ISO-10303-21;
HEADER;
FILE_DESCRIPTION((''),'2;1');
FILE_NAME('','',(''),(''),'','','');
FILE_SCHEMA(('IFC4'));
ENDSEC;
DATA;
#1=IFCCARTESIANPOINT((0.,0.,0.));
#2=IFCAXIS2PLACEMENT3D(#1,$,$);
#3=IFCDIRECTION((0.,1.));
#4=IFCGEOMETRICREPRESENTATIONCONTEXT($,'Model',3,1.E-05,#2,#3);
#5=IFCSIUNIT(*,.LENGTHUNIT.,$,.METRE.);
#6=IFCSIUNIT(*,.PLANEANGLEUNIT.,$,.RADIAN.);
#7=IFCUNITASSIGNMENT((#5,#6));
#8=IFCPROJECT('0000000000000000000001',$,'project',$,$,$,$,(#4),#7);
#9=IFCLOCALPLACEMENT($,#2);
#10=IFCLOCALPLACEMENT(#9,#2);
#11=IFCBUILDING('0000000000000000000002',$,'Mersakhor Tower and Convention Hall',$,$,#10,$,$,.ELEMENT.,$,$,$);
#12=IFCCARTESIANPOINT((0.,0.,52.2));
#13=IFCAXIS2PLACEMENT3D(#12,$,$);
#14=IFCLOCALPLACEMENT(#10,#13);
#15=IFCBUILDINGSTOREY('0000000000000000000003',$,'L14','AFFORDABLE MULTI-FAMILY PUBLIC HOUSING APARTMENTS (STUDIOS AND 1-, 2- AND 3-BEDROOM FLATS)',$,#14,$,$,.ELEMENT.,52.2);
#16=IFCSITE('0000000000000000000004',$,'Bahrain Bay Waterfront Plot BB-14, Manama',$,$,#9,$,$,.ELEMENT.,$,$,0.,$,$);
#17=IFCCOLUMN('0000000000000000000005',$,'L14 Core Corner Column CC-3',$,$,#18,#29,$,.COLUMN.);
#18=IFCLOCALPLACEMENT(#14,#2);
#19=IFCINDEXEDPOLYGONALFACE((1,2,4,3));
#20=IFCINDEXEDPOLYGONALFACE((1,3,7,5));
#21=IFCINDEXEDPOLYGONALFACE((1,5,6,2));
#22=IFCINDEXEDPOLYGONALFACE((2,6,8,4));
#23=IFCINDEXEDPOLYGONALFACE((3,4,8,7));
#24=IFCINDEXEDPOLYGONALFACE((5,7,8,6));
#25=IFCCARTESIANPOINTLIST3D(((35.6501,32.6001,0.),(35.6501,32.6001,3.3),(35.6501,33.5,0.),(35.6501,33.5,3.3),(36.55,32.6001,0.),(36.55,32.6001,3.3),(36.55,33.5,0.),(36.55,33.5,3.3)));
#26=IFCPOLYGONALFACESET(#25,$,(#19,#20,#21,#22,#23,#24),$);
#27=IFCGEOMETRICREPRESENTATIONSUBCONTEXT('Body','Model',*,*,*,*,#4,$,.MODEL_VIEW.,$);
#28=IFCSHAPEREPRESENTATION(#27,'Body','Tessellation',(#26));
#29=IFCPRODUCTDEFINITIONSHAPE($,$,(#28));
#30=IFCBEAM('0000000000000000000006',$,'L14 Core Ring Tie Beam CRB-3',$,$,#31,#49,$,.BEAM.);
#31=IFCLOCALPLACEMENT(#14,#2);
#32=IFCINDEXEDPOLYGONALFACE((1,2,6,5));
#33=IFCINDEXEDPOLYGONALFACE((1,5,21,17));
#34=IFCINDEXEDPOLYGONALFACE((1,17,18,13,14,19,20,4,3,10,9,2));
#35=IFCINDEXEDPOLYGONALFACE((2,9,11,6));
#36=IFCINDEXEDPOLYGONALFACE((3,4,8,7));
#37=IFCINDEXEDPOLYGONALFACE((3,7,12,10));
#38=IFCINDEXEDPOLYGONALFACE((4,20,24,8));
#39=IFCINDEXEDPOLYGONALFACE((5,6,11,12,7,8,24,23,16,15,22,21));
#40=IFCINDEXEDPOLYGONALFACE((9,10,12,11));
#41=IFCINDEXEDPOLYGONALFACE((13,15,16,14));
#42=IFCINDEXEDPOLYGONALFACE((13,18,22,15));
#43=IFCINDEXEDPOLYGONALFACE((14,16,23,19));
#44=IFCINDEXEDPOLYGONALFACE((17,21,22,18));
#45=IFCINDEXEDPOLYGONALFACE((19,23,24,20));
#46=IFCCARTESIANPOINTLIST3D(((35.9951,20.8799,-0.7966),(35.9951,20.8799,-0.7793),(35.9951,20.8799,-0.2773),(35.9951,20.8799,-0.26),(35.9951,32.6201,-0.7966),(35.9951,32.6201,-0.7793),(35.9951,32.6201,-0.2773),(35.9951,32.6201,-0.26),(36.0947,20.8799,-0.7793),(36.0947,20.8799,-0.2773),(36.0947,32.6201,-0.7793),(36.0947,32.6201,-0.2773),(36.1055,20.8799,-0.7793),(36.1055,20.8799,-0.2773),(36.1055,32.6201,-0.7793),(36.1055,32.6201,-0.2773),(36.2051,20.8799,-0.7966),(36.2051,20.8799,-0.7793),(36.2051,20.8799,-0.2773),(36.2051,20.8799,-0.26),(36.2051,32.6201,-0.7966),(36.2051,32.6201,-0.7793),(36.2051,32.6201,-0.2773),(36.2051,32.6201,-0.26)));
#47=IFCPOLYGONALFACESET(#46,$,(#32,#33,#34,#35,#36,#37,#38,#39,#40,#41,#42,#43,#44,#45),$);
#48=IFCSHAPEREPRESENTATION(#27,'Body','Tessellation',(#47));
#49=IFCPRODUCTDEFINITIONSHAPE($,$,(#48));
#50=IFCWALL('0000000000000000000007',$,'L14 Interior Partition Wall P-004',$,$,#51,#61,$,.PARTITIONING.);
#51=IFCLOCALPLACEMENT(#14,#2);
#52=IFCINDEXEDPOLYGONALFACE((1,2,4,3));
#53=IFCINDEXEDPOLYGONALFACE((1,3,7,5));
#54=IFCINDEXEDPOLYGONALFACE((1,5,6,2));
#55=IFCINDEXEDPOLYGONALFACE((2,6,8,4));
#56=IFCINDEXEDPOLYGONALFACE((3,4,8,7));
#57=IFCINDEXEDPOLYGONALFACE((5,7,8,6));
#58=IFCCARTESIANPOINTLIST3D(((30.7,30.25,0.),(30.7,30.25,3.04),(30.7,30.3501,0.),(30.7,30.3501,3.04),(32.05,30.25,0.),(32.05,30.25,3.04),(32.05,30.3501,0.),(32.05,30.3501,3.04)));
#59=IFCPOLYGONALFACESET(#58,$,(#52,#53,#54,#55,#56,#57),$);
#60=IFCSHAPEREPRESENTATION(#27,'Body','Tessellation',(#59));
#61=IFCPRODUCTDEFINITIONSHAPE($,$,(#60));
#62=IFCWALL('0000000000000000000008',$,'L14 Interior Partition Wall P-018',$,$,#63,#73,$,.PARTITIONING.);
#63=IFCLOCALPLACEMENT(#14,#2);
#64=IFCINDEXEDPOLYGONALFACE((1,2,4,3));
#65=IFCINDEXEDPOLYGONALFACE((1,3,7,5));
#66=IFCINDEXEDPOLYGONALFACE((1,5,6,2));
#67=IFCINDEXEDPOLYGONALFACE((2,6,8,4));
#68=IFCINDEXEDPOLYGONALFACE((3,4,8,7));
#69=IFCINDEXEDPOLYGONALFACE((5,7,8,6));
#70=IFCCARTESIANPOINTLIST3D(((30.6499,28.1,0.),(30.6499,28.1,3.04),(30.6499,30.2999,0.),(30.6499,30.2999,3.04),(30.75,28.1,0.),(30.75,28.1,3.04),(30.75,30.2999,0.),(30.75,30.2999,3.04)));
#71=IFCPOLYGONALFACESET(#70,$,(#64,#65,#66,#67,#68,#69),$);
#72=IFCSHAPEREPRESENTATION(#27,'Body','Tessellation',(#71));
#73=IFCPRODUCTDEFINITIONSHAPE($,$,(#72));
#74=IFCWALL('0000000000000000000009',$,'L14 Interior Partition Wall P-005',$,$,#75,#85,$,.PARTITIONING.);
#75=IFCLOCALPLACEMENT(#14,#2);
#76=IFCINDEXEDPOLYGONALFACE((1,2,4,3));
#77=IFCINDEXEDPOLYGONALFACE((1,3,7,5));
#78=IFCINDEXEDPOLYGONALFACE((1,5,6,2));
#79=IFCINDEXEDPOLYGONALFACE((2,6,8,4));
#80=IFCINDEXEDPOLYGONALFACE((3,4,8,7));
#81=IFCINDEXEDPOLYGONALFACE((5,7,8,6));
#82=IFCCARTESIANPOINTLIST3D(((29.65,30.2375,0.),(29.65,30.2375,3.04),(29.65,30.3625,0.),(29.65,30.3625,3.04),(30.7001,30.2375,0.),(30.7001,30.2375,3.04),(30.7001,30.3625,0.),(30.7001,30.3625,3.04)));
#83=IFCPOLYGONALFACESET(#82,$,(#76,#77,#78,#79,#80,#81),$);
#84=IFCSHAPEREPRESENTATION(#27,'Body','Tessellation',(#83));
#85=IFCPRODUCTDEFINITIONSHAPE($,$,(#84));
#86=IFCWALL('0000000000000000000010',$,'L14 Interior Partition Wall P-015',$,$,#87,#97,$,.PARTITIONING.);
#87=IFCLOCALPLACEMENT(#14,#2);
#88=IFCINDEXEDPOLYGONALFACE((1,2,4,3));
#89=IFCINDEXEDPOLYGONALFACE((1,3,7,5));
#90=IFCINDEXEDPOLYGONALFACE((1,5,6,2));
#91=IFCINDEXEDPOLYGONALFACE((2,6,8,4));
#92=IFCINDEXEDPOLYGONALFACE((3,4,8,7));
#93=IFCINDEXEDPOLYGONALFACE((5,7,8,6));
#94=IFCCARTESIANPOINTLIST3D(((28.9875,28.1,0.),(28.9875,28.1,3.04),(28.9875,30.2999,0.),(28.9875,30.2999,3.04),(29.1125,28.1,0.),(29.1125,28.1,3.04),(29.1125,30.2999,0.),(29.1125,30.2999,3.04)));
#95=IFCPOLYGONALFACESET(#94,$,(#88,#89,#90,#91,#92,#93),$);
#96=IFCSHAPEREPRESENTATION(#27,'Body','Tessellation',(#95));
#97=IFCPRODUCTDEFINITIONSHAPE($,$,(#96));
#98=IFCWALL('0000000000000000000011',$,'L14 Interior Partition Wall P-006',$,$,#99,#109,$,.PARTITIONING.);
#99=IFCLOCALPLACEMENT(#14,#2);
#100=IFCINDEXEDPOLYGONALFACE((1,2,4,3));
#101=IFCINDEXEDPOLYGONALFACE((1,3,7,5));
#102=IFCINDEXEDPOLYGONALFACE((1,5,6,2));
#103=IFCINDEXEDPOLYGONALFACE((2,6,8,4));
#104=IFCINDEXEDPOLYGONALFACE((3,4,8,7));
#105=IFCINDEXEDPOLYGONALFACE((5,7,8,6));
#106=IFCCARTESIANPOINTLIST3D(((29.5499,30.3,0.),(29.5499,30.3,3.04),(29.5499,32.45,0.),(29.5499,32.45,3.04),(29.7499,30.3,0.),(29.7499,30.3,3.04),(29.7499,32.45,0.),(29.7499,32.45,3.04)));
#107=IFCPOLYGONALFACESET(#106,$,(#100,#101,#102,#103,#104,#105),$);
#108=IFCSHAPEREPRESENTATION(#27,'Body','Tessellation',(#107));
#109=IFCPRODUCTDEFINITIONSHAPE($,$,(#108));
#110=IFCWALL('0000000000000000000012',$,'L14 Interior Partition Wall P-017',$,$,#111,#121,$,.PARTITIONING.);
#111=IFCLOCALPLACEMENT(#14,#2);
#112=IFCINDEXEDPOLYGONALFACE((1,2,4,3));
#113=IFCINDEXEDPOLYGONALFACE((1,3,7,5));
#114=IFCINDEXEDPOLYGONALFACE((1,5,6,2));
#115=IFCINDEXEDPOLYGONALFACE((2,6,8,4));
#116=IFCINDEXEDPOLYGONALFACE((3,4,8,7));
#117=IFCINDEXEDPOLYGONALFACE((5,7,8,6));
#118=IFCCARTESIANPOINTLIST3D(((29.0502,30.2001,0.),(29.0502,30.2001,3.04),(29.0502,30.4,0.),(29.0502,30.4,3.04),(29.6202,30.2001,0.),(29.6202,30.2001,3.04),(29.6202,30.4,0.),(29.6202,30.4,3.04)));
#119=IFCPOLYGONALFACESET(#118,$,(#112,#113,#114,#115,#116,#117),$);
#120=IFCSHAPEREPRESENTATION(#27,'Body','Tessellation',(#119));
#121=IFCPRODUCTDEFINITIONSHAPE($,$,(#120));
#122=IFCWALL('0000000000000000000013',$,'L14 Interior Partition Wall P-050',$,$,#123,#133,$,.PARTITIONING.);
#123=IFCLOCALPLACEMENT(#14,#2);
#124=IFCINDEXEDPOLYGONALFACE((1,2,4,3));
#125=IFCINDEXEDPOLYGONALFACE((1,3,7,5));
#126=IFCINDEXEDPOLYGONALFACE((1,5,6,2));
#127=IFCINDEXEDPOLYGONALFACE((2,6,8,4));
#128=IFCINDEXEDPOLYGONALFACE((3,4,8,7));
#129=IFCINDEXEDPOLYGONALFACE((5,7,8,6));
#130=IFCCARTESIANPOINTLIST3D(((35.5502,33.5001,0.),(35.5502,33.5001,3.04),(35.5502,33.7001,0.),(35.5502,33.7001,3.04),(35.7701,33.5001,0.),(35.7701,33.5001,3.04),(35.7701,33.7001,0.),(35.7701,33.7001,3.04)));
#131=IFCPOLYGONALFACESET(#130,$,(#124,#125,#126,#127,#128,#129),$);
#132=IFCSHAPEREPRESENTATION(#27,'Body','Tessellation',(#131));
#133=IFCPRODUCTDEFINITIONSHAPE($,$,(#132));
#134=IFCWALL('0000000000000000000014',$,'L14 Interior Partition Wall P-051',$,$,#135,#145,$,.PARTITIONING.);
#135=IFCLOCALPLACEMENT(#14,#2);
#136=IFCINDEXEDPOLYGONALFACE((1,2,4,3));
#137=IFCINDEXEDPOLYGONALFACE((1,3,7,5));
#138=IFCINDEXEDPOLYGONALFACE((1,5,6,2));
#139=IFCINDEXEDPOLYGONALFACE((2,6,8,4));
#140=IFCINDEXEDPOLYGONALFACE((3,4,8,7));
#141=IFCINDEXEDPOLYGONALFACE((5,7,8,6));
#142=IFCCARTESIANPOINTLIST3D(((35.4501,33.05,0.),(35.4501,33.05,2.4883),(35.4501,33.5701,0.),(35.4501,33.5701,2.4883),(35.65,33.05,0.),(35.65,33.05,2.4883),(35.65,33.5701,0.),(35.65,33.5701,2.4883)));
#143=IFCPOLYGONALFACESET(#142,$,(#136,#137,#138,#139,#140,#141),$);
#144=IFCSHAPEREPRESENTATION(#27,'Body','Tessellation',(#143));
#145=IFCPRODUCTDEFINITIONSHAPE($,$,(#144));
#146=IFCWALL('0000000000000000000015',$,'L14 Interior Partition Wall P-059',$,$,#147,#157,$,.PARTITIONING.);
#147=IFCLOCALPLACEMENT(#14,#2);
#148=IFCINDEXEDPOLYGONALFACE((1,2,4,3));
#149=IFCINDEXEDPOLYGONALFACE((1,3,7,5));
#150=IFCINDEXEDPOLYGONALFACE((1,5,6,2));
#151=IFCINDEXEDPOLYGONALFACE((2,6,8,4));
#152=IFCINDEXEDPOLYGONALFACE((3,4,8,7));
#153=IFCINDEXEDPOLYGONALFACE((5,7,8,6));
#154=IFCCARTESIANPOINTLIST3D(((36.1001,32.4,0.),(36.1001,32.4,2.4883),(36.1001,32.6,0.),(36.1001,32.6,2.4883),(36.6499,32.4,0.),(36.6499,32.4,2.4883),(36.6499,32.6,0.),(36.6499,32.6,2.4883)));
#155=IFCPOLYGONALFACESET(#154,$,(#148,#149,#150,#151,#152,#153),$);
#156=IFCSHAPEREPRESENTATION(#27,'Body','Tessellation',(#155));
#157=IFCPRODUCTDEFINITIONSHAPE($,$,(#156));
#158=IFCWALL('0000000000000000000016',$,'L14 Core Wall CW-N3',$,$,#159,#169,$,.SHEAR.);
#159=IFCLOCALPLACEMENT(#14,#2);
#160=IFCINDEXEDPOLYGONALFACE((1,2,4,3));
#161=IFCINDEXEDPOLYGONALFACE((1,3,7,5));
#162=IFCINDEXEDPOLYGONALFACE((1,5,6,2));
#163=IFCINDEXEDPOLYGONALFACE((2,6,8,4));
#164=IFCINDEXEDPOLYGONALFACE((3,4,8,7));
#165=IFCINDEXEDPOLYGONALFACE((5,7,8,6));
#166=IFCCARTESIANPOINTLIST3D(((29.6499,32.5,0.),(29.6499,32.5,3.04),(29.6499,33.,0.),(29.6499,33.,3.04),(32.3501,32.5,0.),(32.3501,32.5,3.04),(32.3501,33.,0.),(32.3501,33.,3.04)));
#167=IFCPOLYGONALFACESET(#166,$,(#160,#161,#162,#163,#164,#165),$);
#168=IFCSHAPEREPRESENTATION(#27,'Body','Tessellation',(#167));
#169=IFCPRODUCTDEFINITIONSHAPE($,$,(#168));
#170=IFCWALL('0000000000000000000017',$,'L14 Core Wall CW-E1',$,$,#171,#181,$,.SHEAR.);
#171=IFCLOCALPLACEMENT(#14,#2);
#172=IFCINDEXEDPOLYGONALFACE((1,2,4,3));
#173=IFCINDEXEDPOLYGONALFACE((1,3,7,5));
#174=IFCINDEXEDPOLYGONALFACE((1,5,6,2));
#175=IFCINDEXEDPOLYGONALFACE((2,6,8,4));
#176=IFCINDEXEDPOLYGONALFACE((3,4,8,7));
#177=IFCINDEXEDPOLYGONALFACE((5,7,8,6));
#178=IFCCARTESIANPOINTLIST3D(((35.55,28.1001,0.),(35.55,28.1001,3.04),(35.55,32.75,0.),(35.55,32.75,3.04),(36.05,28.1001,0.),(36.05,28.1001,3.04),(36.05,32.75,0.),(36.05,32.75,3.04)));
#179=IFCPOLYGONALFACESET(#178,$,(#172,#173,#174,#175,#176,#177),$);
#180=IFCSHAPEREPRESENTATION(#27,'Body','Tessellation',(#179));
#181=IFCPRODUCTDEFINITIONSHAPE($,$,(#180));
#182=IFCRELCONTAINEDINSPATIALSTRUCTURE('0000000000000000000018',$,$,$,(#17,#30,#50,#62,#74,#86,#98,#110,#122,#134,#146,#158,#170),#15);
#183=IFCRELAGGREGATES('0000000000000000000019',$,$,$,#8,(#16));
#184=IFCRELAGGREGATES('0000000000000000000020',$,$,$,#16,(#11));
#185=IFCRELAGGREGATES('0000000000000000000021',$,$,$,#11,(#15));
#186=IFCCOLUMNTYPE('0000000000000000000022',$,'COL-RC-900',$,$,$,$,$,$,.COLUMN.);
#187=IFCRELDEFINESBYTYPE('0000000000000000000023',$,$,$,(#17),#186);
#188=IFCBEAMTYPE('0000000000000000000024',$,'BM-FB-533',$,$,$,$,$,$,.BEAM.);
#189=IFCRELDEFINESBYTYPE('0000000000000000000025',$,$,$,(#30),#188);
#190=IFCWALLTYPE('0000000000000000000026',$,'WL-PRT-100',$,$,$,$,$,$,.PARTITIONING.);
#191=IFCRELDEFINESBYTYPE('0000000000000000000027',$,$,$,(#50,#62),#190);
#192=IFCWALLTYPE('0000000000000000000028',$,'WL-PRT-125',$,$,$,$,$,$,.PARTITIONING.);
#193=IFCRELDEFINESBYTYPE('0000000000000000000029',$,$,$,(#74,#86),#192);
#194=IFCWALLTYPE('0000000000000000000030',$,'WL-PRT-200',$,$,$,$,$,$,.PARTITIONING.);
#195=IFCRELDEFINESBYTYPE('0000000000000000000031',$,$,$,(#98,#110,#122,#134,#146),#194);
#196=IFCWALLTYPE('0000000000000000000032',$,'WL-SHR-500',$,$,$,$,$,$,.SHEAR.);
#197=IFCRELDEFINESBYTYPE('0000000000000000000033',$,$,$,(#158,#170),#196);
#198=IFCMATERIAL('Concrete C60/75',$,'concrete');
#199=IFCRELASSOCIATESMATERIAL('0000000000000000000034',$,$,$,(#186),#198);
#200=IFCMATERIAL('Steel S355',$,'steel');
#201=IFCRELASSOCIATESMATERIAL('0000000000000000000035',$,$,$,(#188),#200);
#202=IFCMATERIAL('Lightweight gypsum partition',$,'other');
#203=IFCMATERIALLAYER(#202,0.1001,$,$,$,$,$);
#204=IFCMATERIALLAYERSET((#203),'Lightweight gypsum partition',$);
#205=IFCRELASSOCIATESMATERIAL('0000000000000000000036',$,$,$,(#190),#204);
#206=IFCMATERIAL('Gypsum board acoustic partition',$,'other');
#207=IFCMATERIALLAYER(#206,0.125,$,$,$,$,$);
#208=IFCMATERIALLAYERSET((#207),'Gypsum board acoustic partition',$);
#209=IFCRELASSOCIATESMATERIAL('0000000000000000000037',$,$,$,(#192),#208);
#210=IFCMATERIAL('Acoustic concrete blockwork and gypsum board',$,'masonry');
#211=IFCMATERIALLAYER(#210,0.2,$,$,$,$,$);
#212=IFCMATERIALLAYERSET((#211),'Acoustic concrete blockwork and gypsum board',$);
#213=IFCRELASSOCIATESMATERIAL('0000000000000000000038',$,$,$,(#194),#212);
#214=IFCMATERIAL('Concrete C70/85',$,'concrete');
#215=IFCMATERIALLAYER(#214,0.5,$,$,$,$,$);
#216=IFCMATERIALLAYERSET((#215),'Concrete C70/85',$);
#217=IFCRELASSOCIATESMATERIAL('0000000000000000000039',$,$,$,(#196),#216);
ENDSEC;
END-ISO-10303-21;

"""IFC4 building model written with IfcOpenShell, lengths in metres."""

from ifc_helpers import new_model, si_unit, direction, frame, frame_2d, origin, origin_2d, place, context, subcontext, project, spatial, rectangle, i_section, extrude, material, layer, layer_set, material_profile, profile_set, type_object, element, save


model = new_model("IFC4")

# Units and contexts
model_context = context("Model", 3, precision=1e-05, world=origin(), true_north=direction((0.0, 1.0)))
body_context = subcontext(model_context, "Body", "Model", "MODEL_VIEW")
ifc_project = project(units=[si_unit("LENGTHUNIT", "METRE"), si_unit("PLANEANGLEUNIT", "RADIAN")], contexts=[model_context])

# Site, building, storey
site_placement = place(None, origin())
site = spatial("IfcSite", under=ifc_project, at=site_placement, Name="Bahrain Bay Waterfront Plot BB-14, Manama", CompositionType="ELEMENT", RefElevation=0.0)
building_placement = place(site_placement, origin())
building = spatial("IfcBuilding", under=site, at=building_placement, Name="Mersakhor Tower and Convention Hall", CompositionType="ELEMENT")
storey_placement = place(building_placement, frame((0.0, 0.0, 52.2)))
storey = spatial("IfcBuildingStorey", under=building, at=storey_placement, Name="L14", Description="AFFORDABLE MULTI-FAMILY PUBLIC HOUSING APARTMENTS (STUDIOS AND 1-, 2- AND 3-BEDROOM FLATS)", CompositionType="ELEMENT", Elevation=52.2)

# Column
ifc_material_1 = material(Name="Concrete C60/75", Category="concrete")
ifc_material_profile_1 = material_profile(ifc_material_1, rectangle(XDim=0.8999, YDim=0.8999, at=origin_2d()), Name="RC 900x900")
ifc_profile_set_1 = profile_set([ifc_material_profile_1], Name="Concrete C60/75")
column_type = type_object("IfcColumnType", Name="COL-RC-900", PredefinedType="COLUMN", material=ifc_profile_set_1)
column_placement = place(storey_placement, frame((36.1001, 33.05, 0.0), z_axis=(0.0, 0.0, 1.0), x_axis=(1.0, 0.0, 0.0)))
element("IfcColumn", 1, at=column_placement, inside=storey, type_object=column_type, Name="L14 Core Corner Column CC-3", PredefinedType="COLUMN", context=body_context, shape_type="SweptSolid", body=[
    extrude(rectangle(XDim=0.8999, YDim=0.8999, at=origin_2d()), origin(), (0.0, 0.0, 1.0), 3.3),
])

# Beam
ifc_material_2 = material(Name="Steel S355", Category="steel")
ifc_material_profile_2 = material_profile(ifc_material_2, i_section(OverallWidth=0.21, OverallDepth=0.5366, WebThickness=0.0107, FlangeThickness=0.0173, at=origin_2d()), Name="UB 533x210x101")
ifc_profile_set_2 = profile_set([ifc_material_profile_2], Name="Steel S355")
beam_type = type_object("IfcBeamType", Name="BM-FB-533", PredefinedType="BEAM", material=ifc_profile_set_2)
beam_placement = place(storey_placement, frame((36.1001, 32.6201, -0.5283), z_axis=(0.0, -1.0, 0.0), x_axis=(1.0, 0.0, 0.0)))
element("IfcBeam", 2, at=beam_placement, inside=storey, type_object=beam_type, Name="L14 Core Ring Tie Beam CRB-3", PredefinedType="BEAM", context=body_context, shape_type="SweptSolid", body=[
    extrude(i_section(OverallWidth=0.21, OverallDepth=0.5366, WebThickness=0.0107, FlangeThickness=0.0173, at=origin_2d()), origin(), (0.0, 0.0, 1.0), 11.7402),
])

# Walls
ifc_material_3 = material(Name="Lightweight gypsum partition", Category="other")
ifc_layer_1 = layer(ifc_material_3, 0.1001)
ifc_layer_set_1 = layer_set([ifc_layer_1], Name="Lightweight gypsum partition")
wall_type_1 = type_object("IfcWallType", Name="WL-PRT-100", PredefinedType="PARTITIONING", material=ifc_layer_set_1)
wall_1_placement = place(storey_placement, frame((32.05, 30.3, 0.0), z_axis=(0.0, 0.0, 1.0), x_axis=(-1.0, 0.0, 0.0)))
element("IfcWall", 3, at=wall_1_placement, inside=storey, type_object=wall_type_1, Name="L14 Interior Partition Wall P-004", PredefinedType="PARTITIONING", context=body_context, shape_type="SweptSolid", body=[
    extrude(rectangle(XDim=1.3501, YDim=0.1001, at=frame_2d((0.675, 0.0))), origin(), (0.0, 0.0, 1.0), 3.04),
])
wall_2_placement = place(storey_placement, frame((30.7, 30.3, 0.0), z_axis=(0.0, 0.0, 1.0), x_axis=(0.0, -1.0, 0.0)))
element("IfcWall", 4, at=wall_2_placement, inside=storey, type_object=wall_type_1, Name="L14 Interior Partition Wall P-018", PredefinedType="PARTITIONING", context=body_context, shape_type="SweptSolid", body=[
    extrude(rectangle(XDim=2.2, YDim=0.1001, at=frame_2d((1.1001, 0.0))), origin(), (0.0, 0.0, 1.0), 3.04),
])
ifc_material_4 = material(Name="Gypsum board acoustic partition", Category="other")
ifc_layer_2 = layer(ifc_material_4, 0.125)
ifc_layer_set_2 = layer_set([ifc_layer_2], Name="Gypsum board acoustic partition")
wall_type_2 = type_object("IfcWallType", Name="WL-PRT-125", PredefinedType="PARTITIONING", material=ifc_layer_set_2)
wall_3_placement = place(storey_placement, frame((30.7, 30.3, 0.0), z_axis=(0.0, 0.0, 1.0), x_axis=(-1.0, 0.0, 0.0)))
element("IfcWall", 5, at=wall_3_placement, inside=storey, type_object=wall_type_2, Name="L14 Interior Partition Wall P-005", PredefinedType="PARTITIONING", context=body_context, shape_type="SweptSolid", body=[
    extrude(rectangle(XDim=1.05, YDim=0.125, at=frame_2d((0.5249, 0.0))), origin(), (0.0, 0.0, 1.0), 3.04),
])
wall_4_placement = place(storey_placement, frame((29.05, 30.3, 0.0), z_axis=(0.0, 0.0, 1.0), x_axis=(0.0, -1.0, 0.0)))
element("IfcWall", 6, at=wall_4_placement, inside=storey, type_object=wall_type_2, Name="L14 Interior Partition Wall P-015", PredefinedType="PARTITIONING", context=body_context, shape_type="SweptSolid", body=[
    extrude(rectangle(XDim=2.2, YDim=0.125, at=frame_2d((1.1001, 0.0))), origin(), (0.0, 0.0, 1.0), 3.04),
])
ifc_material_5 = material(Name="Acoustic concrete blockwork and gypsum board", Category="masonry")
ifc_layer_3 = layer(ifc_material_5, 0.2)
ifc_layer_set_3 = layer_set([ifc_layer_3], Name="Acoustic concrete blockwork and gypsum board")
wall_type_3 = type_object("IfcWallType", Name="WL-PRT-200", PredefinedType="PARTITIONING", material=ifc_layer_set_3)
wall_5_placement = place(storey_placement, frame((29.6499, 30.3, 0.0), z_axis=(0.0, 0.0, 1.0), x_axis=(0.0, 1.0, 0.0)))
element("IfcWall", 7, at=wall_5_placement, inside=storey, type_object=wall_type_3, Name="L14 Interior Partition Wall P-006", PredefinedType="PARTITIONING", context=body_context, shape_type="SweptSolid", body=[
    extrude(rectangle(XDim=2.1499, YDim=0.2, at=frame_2d((1.075, 0.0))), origin(), (0.0, 0.0, 1.0), 3.04),
])
wall_6_placement = place(storey_placement, frame((29.05, 30.3, 0.0), z_axis=(0.0, 0.0, 1.0), x_axis=(1.0, 0.0, 0.0)))
element("IfcWall", 8, at=wall_6_placement, inside=storey, type_object=wall_type_3, Name="L14 Interior Partition Wall P-017", PredefinedType="PARTITIONING", context=body_context, shape_type="SweptSolid", body=[
    extrude(rectangle(XDim=0.5701, YDim=0.2, at=frame_2d((0.2852, 0.0))), origin(), (0.0, 0.0, 1.0), 3.04),
])
wall_7_placement = place(storey_placement, frame((35.77, 33.6001, 0.0), z_axis=(0.0, 0.0, 1.0), x_axis=(-1.0, 0.0, 0.0)))
element("IfcWall", 9, at=wall_7_placement, inside=storey, type_object=wall_type_3, Name="L14 Interior Partition Wall P-050", PredefinedType="PARTITIONING", context=body_context, shape_type="SweptSolid", body=[
    extrude(rectangle(XDim=0.22, YDim=0.2, at=frame_2d((0.1099, 0.0))), origin(), (0.0, 0.0, 1.0), 3.04),
])
wall_8_placement = place(storey_placement, frame((35.55, 33.5701, 0.0), z_axis=(0.0, 0.0, 1.0), x_axis=(0.0, -1.0, 0.0)))
element("IfcWall", 10, at=wall_8_placement, inside=storey, type_object=wall_type_3, Name="L14 Interior Partition Wall P-051", PredefinedType="PARTITIONING", context=body_context, shape_type="SweptSolid", body=[
    extrude(rectangle(XDim=0.52, YDim=0.2, at=frame_2d((0.26, 0.0))), origin(), (0.0, 0.0, 1.0), 2.4883),
])
wall_9_placement = place(storey_placement, frame((36.1001, 32.5, 0.0), z_axis=(0.0, 0.0, 1.0), x_axis=(1.0, 0.0, 0.0)))
element("IfcWall", 11, at=wall_9_placement, inside=storey, type_object=wall_type_3, Name="L14 Interior Partition Wall P-059", PredefinedType="PARTITIONING", context=body_context, shape_type="SweptSolid", body=[
    extrude(rectangle(XDim=0.5498, YDim=0.2, at=frame_2d((0.2749, 0.0))), origin(), (0.0, 0.0, 1.0), 2.4883),
])

# Wall
ifc_material_6 = material(Name="Concrete C70/85", Category="concrete")
ifc_layer_4 = layer(ifc_material_6, 0.5)
ifc_layer_set_4 = layer_set([ifc_layer_4], Name="Concrete C70/85")
wall_type_4 = type_object("IfcWallType", Name="WL-SHR-500", PredefinedType="SHEAR", material=ifc_layer_set_4)
wall_10_placement = place(storey_placement, frame((29.6499, 32.75, 0.0), z_axis=(0.0, 0.0, 1.0), x_axis=(1.0, 0.0, 0.0)))
element("IfcWall", 12, at=wall_10_placement, inside=storey, type_object=wall_type_4, Name="L14 Core Wall CW-N3", PredefinedType="SHEAR", context=body_context, shape_type="SweptSolid", body=[
    extrude(rectangle(XDim=2.7002, YDim=0.5, at=frame_2d((1.3501, 0.0))), origin(), (0.0, 0.0, 1.0), 3.04),
])

# Wall
wall_11_placement = place(storey_placement, frame((35.8, 32.75, 0.0), z_axis=(0.0, 0.0, 1.0), x_axis=(0.0, -1.0, 0.0)))
element("IfcWall", 13, at=wall_11_placement, inside=storey, type_object=wall_type_4, Name="L14 Core Wall CW-E1", PredefinedType="SHEAR", context=body_context, shape_type="SweptSolid", body=[
    extrude(rectangle(XDim=4.6499, YDim=0.5, at=frame_2d((2.325, 0.0))), origin(), (0.0, 0.0, 1.0), 3.04),
])

save(model, "model.ifc")
